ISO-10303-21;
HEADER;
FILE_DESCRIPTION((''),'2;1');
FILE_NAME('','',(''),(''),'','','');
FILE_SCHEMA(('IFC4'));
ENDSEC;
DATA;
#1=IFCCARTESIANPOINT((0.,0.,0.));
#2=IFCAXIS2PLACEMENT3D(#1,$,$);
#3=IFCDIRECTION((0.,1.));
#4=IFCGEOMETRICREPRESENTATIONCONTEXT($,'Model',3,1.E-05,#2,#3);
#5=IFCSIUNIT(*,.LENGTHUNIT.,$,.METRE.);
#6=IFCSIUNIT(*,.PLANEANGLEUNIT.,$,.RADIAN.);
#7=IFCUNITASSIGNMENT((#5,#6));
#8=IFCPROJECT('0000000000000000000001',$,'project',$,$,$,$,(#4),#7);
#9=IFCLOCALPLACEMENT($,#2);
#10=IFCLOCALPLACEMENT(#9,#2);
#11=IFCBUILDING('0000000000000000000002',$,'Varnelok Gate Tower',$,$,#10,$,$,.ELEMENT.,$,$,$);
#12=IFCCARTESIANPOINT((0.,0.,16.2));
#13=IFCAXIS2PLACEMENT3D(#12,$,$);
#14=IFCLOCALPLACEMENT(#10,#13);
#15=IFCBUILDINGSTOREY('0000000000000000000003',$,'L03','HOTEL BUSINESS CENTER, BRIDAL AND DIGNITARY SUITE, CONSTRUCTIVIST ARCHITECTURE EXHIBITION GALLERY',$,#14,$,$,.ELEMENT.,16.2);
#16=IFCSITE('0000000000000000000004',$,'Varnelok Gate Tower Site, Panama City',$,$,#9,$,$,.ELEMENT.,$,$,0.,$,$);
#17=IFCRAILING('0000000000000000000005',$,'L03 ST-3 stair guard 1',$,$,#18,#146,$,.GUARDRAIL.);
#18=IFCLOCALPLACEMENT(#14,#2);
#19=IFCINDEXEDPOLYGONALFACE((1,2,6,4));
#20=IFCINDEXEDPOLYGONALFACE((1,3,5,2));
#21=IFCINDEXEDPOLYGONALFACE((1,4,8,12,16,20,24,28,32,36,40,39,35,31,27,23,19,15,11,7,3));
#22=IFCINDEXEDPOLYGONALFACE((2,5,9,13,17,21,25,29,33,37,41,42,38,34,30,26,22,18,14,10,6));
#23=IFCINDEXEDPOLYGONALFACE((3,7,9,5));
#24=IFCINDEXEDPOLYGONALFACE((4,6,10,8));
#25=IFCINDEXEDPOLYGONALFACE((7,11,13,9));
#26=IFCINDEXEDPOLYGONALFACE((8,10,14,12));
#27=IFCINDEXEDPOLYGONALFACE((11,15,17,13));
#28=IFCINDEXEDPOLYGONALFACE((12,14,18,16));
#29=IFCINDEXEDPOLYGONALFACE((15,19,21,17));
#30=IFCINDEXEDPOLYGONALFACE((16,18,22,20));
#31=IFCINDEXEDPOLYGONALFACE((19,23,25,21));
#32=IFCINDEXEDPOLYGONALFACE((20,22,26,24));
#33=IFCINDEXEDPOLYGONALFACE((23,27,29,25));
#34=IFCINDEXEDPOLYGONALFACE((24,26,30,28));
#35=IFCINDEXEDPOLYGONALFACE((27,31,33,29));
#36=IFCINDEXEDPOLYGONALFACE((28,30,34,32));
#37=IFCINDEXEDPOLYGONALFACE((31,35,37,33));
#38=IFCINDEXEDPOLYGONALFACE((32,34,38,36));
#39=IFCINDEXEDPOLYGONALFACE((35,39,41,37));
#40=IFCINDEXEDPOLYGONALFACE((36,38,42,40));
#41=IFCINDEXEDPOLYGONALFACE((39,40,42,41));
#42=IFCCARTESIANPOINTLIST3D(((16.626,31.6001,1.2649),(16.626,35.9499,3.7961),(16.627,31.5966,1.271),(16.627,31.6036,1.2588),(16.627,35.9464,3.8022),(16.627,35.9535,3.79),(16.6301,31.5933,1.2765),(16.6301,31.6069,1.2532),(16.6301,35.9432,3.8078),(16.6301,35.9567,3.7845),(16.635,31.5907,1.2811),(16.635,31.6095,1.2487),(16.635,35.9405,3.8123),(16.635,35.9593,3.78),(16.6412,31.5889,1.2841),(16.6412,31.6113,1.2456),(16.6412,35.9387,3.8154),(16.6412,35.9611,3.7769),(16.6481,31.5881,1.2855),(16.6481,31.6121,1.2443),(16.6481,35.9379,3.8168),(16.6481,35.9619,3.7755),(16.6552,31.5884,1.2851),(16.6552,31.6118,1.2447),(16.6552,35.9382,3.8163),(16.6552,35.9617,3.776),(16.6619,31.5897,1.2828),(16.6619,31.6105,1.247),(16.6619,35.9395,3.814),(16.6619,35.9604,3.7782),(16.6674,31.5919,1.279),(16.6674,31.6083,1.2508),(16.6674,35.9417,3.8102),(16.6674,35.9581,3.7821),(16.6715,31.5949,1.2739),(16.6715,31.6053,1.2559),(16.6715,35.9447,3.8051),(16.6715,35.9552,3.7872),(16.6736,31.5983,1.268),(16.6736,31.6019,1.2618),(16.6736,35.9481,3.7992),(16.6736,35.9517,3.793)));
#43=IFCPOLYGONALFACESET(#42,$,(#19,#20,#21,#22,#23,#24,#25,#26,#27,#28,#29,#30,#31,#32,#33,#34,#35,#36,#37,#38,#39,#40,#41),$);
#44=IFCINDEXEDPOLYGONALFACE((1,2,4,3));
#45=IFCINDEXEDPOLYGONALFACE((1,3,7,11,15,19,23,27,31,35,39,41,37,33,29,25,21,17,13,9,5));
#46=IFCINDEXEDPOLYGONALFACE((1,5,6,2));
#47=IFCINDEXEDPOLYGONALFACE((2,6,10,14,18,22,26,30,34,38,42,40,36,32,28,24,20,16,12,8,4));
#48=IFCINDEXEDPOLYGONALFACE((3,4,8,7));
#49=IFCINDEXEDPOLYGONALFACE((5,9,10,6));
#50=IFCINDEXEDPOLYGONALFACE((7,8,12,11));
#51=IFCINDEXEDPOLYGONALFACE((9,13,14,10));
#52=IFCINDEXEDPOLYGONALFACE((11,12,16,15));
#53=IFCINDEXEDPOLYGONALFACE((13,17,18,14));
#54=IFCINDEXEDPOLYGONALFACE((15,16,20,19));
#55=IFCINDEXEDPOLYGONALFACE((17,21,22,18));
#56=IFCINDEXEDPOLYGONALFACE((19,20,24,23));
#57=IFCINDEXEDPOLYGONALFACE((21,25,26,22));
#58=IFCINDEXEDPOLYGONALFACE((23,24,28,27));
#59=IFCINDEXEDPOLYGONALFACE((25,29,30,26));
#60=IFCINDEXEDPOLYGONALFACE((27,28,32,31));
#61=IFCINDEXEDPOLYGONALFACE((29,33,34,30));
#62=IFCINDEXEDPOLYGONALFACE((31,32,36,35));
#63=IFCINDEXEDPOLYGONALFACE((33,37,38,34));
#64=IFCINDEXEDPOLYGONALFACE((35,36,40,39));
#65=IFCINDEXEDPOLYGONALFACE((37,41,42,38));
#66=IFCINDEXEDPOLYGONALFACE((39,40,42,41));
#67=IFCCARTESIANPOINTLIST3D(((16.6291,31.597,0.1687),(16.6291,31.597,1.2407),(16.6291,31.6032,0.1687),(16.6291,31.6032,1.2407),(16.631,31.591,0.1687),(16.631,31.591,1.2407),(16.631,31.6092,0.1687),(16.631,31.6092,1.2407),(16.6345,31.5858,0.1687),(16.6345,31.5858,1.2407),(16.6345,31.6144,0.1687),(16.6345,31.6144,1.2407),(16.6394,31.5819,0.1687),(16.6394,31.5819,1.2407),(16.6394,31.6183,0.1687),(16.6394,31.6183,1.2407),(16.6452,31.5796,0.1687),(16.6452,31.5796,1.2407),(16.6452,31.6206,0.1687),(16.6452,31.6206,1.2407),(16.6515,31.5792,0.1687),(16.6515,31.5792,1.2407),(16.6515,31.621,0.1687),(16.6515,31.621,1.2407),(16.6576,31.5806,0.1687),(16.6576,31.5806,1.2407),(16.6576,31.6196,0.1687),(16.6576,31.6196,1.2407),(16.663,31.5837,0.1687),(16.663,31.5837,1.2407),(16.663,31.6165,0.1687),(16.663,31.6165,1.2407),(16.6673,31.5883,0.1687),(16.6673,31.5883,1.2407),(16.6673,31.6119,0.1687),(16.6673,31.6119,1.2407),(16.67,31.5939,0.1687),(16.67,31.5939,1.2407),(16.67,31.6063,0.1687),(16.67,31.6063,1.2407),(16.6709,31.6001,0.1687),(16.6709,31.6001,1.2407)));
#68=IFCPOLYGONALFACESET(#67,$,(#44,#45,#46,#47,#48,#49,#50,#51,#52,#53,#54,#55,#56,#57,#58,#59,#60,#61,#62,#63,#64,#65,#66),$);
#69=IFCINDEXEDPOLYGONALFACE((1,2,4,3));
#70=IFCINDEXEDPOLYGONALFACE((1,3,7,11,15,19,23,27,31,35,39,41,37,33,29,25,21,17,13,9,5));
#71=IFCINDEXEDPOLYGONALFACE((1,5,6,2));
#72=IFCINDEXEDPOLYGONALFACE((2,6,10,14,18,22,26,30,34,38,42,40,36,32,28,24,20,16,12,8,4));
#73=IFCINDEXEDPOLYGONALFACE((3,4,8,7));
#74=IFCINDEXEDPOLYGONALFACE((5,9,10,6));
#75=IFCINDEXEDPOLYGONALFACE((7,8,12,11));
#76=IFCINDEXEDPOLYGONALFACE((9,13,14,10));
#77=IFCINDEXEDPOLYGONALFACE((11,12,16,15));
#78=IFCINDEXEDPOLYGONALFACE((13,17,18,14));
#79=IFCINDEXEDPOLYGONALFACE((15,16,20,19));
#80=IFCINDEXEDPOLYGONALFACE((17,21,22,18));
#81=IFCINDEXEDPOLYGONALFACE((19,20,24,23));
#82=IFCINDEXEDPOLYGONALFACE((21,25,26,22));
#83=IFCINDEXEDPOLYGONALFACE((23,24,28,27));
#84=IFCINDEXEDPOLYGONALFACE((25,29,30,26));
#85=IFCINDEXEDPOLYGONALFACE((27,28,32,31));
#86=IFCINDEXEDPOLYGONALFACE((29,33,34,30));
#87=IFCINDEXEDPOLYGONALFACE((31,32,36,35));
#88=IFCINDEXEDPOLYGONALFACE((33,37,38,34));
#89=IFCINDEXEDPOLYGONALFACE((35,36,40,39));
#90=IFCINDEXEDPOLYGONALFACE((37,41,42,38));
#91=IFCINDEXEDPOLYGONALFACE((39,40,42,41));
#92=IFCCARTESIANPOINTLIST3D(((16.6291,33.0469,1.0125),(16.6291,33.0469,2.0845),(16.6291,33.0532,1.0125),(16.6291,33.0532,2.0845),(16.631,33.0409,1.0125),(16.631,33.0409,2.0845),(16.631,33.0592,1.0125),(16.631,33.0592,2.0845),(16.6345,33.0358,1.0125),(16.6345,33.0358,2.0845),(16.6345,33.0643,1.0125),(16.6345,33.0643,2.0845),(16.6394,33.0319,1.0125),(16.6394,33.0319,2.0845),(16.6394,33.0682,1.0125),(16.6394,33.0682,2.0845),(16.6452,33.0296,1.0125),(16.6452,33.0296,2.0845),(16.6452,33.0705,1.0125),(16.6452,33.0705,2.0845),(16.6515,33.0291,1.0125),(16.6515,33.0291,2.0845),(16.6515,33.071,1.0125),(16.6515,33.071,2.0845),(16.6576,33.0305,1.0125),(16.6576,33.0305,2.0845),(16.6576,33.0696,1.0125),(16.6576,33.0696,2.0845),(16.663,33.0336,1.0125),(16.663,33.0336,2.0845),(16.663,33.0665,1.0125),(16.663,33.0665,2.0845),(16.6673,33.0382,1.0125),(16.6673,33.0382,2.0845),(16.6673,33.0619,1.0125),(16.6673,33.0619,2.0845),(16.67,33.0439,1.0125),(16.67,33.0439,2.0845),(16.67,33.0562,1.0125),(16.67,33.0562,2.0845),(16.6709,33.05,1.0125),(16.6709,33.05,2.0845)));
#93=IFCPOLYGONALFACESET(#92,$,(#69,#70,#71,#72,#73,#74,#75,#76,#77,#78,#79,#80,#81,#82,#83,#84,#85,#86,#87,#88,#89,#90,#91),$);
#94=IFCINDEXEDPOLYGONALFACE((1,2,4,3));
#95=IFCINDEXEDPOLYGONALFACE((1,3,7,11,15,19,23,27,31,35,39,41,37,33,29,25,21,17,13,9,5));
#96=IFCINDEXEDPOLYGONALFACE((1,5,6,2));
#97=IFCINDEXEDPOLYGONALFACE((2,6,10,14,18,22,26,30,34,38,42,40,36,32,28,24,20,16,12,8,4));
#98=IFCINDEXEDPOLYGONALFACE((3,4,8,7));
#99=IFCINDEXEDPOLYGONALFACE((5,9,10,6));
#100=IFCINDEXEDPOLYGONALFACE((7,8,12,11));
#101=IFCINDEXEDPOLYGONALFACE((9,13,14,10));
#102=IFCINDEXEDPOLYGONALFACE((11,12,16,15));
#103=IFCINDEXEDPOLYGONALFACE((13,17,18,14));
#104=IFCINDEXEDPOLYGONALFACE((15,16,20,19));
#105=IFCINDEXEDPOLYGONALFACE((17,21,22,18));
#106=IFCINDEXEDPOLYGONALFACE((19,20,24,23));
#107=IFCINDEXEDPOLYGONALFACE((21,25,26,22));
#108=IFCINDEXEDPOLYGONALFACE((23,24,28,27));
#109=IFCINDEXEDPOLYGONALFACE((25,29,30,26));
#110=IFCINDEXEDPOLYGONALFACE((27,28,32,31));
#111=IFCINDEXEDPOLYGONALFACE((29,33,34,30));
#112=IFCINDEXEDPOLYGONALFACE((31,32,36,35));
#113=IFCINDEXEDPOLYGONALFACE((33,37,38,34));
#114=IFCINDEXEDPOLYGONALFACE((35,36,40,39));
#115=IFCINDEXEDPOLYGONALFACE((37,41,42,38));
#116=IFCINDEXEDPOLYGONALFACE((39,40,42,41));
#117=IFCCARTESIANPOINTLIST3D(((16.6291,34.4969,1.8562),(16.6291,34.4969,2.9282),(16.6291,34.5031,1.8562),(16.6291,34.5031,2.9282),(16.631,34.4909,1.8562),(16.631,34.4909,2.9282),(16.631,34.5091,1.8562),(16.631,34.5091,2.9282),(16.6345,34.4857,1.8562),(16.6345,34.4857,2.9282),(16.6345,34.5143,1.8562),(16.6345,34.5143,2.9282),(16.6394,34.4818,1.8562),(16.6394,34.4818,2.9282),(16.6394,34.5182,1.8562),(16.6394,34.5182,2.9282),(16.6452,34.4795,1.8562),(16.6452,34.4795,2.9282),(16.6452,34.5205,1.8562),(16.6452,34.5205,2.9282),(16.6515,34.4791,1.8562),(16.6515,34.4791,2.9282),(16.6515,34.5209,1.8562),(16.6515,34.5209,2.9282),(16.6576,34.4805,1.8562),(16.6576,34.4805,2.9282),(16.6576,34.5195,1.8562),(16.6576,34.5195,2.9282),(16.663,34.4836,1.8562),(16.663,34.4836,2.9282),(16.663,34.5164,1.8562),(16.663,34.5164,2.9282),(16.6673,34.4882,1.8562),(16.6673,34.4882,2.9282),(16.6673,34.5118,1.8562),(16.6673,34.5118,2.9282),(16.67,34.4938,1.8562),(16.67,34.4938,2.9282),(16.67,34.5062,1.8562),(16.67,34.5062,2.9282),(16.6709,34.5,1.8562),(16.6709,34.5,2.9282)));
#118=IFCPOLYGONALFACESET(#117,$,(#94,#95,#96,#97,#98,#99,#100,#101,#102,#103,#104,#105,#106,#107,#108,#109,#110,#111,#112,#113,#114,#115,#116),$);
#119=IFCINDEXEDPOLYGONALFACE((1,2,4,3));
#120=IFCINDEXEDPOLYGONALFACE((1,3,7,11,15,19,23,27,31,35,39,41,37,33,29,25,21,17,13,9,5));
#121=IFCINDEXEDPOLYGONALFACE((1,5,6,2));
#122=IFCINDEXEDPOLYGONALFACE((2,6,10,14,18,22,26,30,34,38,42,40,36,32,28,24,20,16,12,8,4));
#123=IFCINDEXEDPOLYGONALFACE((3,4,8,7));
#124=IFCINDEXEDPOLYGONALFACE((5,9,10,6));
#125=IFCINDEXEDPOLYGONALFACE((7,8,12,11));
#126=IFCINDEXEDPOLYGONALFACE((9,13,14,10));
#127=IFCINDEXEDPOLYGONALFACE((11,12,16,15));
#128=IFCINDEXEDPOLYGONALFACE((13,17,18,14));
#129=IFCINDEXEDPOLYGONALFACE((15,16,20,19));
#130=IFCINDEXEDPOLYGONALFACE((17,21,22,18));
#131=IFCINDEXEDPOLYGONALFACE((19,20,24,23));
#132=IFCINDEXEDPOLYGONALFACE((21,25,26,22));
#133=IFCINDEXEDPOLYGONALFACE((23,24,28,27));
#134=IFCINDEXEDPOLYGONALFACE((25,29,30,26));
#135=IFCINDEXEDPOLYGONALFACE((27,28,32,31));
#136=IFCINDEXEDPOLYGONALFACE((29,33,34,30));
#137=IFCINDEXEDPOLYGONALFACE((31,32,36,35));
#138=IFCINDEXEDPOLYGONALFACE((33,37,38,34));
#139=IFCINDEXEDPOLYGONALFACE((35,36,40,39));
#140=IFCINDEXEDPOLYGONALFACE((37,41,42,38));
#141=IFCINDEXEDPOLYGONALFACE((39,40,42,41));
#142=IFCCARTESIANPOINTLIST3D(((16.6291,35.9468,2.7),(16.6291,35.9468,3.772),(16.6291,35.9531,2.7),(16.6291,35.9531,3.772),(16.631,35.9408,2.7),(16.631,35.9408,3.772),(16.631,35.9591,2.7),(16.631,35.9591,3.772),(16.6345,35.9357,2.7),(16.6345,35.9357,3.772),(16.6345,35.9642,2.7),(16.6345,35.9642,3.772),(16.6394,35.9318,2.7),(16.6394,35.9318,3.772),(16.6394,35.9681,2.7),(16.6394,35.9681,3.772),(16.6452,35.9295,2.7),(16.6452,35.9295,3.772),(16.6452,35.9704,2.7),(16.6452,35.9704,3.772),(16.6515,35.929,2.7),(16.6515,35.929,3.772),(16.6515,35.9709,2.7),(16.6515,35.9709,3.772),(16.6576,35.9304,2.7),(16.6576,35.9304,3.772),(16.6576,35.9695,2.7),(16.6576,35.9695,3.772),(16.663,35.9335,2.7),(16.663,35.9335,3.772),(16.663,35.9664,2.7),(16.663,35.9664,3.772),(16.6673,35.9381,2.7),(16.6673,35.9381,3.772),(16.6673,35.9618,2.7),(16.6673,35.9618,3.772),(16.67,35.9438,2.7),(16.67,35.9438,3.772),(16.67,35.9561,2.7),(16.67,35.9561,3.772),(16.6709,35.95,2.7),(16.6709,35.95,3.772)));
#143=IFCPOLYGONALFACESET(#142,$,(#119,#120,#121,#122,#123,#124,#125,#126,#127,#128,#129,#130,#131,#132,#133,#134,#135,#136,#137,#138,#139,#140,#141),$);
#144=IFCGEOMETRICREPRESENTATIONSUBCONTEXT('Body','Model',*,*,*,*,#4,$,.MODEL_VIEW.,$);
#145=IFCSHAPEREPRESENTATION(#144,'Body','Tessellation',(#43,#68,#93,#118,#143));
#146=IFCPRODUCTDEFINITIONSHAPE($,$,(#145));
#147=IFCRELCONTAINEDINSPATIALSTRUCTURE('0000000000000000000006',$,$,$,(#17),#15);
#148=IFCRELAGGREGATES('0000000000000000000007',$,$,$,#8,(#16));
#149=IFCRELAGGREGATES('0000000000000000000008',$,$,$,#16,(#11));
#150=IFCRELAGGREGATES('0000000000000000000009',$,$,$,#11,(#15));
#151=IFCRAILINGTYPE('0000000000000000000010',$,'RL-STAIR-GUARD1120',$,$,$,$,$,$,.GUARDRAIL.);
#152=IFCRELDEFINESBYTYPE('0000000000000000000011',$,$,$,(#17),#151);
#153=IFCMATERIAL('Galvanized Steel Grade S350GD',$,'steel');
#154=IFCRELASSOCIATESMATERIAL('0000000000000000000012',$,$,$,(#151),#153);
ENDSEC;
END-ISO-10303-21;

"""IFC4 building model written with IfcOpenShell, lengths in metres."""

from ifc_helpers import new_model, si_unit, direction, frame, origin, origin_2d, place, context, subcontext, project, spatial, circle, extrude, material, type_object, element, save


model = new_model("IFC4")

# Units and contexts
model_context = context("Model", 3, precision=1e-05, world=origin(), true_north=direction((0.0, 1.0)))
body_context = subcontext(model_context, "Body", "Model", "MODEL_VIEW")
ifc_project = project(units=[si_unit("LENGTHUNIT", "METRE"), si_unit("PLANEANGLEUNIT", "RADIAN")], contexts=[model_context])

# Site, building, storey
site_placement = place(None, origin())
site = spatial("IfcSite", under=ifc_project, at=site_placement, Name="Varnelok Gate Tower Site, Panama City", CompositionType="ELEMENT", RefElevation=0.0)
building_placement = place(site_placement, origin())
building = spatial("IfcBuilding", under=site, at=building_placement, Name="Varnelok Gate Tower", CompositionType="ELEMENT")
storey_placement = place(building_placement, frame((0.0, 0.0, 16.2)))
storey = spatial("IfcBuildingStorey", under=building, at=storey_placement, Name="L03", Description="HOTEL BUSINESS CENTER, BRIDAL AND DIGNITARY SUITE, CONSTRUCTIVIST ARCHITECTURE EXHIBITION GALLERY", CompositionType="ELEMENT", Elevation=16.2)

# Railing
ifc_material_1 = material(Name="Galvanized Steel Grade S350GD", Category="steel")
railing_type_1 = type_object("IfcRailingType", Name="RL-STAIR-GUARD1120", PredefinedType="GUARDRAIL", material=ifc_material_1)
railing_1_placement = place(storey_placement, frame((16.6499, 31.6001, 0.1687)))
element("IfcRailing", 1, at=railing_1_placement, inside=storey, type_object=railing_type_1, Name="L03 ST-3 stair guard 1", PredefinedType="GUARDRAIL", context=body_context, shape_type="SweptSolid", body=[
    extrude(circle(Radius=0.0239, at=origin_2d()), frame((0.0, 0.0, 1.0962), z_axis=(0.0, 0.864312, 0.502957), x_axis=(-1.0, 0.0, 0.0)), (0.0, 0.0, 1.0), 5.0327),
    extrude(circle(Radius=0.021, at=origin_2d()), origin(), (0.0, 0.0, 1.0), 1.072),
    extrude(circle(Radius=0.021, at=origin_2d()), frame((0.0, 1.45, 0.8438)), (0.0, 0.0, 1.0), 1.072),
    extrude(circle(Radius=0.021, at=origin_2d()), frame((0.0, 2.8999, 1.6875)), (0.0, 0.0, 1.0), 1.072),
    extrude(circle(Radius=0.021, at=origin_2d()), frame((0.0, 4.3499, 2.5312)), (0.0, 0.0, 1.0), 1.072),
])

save(model, "model.ifc")
